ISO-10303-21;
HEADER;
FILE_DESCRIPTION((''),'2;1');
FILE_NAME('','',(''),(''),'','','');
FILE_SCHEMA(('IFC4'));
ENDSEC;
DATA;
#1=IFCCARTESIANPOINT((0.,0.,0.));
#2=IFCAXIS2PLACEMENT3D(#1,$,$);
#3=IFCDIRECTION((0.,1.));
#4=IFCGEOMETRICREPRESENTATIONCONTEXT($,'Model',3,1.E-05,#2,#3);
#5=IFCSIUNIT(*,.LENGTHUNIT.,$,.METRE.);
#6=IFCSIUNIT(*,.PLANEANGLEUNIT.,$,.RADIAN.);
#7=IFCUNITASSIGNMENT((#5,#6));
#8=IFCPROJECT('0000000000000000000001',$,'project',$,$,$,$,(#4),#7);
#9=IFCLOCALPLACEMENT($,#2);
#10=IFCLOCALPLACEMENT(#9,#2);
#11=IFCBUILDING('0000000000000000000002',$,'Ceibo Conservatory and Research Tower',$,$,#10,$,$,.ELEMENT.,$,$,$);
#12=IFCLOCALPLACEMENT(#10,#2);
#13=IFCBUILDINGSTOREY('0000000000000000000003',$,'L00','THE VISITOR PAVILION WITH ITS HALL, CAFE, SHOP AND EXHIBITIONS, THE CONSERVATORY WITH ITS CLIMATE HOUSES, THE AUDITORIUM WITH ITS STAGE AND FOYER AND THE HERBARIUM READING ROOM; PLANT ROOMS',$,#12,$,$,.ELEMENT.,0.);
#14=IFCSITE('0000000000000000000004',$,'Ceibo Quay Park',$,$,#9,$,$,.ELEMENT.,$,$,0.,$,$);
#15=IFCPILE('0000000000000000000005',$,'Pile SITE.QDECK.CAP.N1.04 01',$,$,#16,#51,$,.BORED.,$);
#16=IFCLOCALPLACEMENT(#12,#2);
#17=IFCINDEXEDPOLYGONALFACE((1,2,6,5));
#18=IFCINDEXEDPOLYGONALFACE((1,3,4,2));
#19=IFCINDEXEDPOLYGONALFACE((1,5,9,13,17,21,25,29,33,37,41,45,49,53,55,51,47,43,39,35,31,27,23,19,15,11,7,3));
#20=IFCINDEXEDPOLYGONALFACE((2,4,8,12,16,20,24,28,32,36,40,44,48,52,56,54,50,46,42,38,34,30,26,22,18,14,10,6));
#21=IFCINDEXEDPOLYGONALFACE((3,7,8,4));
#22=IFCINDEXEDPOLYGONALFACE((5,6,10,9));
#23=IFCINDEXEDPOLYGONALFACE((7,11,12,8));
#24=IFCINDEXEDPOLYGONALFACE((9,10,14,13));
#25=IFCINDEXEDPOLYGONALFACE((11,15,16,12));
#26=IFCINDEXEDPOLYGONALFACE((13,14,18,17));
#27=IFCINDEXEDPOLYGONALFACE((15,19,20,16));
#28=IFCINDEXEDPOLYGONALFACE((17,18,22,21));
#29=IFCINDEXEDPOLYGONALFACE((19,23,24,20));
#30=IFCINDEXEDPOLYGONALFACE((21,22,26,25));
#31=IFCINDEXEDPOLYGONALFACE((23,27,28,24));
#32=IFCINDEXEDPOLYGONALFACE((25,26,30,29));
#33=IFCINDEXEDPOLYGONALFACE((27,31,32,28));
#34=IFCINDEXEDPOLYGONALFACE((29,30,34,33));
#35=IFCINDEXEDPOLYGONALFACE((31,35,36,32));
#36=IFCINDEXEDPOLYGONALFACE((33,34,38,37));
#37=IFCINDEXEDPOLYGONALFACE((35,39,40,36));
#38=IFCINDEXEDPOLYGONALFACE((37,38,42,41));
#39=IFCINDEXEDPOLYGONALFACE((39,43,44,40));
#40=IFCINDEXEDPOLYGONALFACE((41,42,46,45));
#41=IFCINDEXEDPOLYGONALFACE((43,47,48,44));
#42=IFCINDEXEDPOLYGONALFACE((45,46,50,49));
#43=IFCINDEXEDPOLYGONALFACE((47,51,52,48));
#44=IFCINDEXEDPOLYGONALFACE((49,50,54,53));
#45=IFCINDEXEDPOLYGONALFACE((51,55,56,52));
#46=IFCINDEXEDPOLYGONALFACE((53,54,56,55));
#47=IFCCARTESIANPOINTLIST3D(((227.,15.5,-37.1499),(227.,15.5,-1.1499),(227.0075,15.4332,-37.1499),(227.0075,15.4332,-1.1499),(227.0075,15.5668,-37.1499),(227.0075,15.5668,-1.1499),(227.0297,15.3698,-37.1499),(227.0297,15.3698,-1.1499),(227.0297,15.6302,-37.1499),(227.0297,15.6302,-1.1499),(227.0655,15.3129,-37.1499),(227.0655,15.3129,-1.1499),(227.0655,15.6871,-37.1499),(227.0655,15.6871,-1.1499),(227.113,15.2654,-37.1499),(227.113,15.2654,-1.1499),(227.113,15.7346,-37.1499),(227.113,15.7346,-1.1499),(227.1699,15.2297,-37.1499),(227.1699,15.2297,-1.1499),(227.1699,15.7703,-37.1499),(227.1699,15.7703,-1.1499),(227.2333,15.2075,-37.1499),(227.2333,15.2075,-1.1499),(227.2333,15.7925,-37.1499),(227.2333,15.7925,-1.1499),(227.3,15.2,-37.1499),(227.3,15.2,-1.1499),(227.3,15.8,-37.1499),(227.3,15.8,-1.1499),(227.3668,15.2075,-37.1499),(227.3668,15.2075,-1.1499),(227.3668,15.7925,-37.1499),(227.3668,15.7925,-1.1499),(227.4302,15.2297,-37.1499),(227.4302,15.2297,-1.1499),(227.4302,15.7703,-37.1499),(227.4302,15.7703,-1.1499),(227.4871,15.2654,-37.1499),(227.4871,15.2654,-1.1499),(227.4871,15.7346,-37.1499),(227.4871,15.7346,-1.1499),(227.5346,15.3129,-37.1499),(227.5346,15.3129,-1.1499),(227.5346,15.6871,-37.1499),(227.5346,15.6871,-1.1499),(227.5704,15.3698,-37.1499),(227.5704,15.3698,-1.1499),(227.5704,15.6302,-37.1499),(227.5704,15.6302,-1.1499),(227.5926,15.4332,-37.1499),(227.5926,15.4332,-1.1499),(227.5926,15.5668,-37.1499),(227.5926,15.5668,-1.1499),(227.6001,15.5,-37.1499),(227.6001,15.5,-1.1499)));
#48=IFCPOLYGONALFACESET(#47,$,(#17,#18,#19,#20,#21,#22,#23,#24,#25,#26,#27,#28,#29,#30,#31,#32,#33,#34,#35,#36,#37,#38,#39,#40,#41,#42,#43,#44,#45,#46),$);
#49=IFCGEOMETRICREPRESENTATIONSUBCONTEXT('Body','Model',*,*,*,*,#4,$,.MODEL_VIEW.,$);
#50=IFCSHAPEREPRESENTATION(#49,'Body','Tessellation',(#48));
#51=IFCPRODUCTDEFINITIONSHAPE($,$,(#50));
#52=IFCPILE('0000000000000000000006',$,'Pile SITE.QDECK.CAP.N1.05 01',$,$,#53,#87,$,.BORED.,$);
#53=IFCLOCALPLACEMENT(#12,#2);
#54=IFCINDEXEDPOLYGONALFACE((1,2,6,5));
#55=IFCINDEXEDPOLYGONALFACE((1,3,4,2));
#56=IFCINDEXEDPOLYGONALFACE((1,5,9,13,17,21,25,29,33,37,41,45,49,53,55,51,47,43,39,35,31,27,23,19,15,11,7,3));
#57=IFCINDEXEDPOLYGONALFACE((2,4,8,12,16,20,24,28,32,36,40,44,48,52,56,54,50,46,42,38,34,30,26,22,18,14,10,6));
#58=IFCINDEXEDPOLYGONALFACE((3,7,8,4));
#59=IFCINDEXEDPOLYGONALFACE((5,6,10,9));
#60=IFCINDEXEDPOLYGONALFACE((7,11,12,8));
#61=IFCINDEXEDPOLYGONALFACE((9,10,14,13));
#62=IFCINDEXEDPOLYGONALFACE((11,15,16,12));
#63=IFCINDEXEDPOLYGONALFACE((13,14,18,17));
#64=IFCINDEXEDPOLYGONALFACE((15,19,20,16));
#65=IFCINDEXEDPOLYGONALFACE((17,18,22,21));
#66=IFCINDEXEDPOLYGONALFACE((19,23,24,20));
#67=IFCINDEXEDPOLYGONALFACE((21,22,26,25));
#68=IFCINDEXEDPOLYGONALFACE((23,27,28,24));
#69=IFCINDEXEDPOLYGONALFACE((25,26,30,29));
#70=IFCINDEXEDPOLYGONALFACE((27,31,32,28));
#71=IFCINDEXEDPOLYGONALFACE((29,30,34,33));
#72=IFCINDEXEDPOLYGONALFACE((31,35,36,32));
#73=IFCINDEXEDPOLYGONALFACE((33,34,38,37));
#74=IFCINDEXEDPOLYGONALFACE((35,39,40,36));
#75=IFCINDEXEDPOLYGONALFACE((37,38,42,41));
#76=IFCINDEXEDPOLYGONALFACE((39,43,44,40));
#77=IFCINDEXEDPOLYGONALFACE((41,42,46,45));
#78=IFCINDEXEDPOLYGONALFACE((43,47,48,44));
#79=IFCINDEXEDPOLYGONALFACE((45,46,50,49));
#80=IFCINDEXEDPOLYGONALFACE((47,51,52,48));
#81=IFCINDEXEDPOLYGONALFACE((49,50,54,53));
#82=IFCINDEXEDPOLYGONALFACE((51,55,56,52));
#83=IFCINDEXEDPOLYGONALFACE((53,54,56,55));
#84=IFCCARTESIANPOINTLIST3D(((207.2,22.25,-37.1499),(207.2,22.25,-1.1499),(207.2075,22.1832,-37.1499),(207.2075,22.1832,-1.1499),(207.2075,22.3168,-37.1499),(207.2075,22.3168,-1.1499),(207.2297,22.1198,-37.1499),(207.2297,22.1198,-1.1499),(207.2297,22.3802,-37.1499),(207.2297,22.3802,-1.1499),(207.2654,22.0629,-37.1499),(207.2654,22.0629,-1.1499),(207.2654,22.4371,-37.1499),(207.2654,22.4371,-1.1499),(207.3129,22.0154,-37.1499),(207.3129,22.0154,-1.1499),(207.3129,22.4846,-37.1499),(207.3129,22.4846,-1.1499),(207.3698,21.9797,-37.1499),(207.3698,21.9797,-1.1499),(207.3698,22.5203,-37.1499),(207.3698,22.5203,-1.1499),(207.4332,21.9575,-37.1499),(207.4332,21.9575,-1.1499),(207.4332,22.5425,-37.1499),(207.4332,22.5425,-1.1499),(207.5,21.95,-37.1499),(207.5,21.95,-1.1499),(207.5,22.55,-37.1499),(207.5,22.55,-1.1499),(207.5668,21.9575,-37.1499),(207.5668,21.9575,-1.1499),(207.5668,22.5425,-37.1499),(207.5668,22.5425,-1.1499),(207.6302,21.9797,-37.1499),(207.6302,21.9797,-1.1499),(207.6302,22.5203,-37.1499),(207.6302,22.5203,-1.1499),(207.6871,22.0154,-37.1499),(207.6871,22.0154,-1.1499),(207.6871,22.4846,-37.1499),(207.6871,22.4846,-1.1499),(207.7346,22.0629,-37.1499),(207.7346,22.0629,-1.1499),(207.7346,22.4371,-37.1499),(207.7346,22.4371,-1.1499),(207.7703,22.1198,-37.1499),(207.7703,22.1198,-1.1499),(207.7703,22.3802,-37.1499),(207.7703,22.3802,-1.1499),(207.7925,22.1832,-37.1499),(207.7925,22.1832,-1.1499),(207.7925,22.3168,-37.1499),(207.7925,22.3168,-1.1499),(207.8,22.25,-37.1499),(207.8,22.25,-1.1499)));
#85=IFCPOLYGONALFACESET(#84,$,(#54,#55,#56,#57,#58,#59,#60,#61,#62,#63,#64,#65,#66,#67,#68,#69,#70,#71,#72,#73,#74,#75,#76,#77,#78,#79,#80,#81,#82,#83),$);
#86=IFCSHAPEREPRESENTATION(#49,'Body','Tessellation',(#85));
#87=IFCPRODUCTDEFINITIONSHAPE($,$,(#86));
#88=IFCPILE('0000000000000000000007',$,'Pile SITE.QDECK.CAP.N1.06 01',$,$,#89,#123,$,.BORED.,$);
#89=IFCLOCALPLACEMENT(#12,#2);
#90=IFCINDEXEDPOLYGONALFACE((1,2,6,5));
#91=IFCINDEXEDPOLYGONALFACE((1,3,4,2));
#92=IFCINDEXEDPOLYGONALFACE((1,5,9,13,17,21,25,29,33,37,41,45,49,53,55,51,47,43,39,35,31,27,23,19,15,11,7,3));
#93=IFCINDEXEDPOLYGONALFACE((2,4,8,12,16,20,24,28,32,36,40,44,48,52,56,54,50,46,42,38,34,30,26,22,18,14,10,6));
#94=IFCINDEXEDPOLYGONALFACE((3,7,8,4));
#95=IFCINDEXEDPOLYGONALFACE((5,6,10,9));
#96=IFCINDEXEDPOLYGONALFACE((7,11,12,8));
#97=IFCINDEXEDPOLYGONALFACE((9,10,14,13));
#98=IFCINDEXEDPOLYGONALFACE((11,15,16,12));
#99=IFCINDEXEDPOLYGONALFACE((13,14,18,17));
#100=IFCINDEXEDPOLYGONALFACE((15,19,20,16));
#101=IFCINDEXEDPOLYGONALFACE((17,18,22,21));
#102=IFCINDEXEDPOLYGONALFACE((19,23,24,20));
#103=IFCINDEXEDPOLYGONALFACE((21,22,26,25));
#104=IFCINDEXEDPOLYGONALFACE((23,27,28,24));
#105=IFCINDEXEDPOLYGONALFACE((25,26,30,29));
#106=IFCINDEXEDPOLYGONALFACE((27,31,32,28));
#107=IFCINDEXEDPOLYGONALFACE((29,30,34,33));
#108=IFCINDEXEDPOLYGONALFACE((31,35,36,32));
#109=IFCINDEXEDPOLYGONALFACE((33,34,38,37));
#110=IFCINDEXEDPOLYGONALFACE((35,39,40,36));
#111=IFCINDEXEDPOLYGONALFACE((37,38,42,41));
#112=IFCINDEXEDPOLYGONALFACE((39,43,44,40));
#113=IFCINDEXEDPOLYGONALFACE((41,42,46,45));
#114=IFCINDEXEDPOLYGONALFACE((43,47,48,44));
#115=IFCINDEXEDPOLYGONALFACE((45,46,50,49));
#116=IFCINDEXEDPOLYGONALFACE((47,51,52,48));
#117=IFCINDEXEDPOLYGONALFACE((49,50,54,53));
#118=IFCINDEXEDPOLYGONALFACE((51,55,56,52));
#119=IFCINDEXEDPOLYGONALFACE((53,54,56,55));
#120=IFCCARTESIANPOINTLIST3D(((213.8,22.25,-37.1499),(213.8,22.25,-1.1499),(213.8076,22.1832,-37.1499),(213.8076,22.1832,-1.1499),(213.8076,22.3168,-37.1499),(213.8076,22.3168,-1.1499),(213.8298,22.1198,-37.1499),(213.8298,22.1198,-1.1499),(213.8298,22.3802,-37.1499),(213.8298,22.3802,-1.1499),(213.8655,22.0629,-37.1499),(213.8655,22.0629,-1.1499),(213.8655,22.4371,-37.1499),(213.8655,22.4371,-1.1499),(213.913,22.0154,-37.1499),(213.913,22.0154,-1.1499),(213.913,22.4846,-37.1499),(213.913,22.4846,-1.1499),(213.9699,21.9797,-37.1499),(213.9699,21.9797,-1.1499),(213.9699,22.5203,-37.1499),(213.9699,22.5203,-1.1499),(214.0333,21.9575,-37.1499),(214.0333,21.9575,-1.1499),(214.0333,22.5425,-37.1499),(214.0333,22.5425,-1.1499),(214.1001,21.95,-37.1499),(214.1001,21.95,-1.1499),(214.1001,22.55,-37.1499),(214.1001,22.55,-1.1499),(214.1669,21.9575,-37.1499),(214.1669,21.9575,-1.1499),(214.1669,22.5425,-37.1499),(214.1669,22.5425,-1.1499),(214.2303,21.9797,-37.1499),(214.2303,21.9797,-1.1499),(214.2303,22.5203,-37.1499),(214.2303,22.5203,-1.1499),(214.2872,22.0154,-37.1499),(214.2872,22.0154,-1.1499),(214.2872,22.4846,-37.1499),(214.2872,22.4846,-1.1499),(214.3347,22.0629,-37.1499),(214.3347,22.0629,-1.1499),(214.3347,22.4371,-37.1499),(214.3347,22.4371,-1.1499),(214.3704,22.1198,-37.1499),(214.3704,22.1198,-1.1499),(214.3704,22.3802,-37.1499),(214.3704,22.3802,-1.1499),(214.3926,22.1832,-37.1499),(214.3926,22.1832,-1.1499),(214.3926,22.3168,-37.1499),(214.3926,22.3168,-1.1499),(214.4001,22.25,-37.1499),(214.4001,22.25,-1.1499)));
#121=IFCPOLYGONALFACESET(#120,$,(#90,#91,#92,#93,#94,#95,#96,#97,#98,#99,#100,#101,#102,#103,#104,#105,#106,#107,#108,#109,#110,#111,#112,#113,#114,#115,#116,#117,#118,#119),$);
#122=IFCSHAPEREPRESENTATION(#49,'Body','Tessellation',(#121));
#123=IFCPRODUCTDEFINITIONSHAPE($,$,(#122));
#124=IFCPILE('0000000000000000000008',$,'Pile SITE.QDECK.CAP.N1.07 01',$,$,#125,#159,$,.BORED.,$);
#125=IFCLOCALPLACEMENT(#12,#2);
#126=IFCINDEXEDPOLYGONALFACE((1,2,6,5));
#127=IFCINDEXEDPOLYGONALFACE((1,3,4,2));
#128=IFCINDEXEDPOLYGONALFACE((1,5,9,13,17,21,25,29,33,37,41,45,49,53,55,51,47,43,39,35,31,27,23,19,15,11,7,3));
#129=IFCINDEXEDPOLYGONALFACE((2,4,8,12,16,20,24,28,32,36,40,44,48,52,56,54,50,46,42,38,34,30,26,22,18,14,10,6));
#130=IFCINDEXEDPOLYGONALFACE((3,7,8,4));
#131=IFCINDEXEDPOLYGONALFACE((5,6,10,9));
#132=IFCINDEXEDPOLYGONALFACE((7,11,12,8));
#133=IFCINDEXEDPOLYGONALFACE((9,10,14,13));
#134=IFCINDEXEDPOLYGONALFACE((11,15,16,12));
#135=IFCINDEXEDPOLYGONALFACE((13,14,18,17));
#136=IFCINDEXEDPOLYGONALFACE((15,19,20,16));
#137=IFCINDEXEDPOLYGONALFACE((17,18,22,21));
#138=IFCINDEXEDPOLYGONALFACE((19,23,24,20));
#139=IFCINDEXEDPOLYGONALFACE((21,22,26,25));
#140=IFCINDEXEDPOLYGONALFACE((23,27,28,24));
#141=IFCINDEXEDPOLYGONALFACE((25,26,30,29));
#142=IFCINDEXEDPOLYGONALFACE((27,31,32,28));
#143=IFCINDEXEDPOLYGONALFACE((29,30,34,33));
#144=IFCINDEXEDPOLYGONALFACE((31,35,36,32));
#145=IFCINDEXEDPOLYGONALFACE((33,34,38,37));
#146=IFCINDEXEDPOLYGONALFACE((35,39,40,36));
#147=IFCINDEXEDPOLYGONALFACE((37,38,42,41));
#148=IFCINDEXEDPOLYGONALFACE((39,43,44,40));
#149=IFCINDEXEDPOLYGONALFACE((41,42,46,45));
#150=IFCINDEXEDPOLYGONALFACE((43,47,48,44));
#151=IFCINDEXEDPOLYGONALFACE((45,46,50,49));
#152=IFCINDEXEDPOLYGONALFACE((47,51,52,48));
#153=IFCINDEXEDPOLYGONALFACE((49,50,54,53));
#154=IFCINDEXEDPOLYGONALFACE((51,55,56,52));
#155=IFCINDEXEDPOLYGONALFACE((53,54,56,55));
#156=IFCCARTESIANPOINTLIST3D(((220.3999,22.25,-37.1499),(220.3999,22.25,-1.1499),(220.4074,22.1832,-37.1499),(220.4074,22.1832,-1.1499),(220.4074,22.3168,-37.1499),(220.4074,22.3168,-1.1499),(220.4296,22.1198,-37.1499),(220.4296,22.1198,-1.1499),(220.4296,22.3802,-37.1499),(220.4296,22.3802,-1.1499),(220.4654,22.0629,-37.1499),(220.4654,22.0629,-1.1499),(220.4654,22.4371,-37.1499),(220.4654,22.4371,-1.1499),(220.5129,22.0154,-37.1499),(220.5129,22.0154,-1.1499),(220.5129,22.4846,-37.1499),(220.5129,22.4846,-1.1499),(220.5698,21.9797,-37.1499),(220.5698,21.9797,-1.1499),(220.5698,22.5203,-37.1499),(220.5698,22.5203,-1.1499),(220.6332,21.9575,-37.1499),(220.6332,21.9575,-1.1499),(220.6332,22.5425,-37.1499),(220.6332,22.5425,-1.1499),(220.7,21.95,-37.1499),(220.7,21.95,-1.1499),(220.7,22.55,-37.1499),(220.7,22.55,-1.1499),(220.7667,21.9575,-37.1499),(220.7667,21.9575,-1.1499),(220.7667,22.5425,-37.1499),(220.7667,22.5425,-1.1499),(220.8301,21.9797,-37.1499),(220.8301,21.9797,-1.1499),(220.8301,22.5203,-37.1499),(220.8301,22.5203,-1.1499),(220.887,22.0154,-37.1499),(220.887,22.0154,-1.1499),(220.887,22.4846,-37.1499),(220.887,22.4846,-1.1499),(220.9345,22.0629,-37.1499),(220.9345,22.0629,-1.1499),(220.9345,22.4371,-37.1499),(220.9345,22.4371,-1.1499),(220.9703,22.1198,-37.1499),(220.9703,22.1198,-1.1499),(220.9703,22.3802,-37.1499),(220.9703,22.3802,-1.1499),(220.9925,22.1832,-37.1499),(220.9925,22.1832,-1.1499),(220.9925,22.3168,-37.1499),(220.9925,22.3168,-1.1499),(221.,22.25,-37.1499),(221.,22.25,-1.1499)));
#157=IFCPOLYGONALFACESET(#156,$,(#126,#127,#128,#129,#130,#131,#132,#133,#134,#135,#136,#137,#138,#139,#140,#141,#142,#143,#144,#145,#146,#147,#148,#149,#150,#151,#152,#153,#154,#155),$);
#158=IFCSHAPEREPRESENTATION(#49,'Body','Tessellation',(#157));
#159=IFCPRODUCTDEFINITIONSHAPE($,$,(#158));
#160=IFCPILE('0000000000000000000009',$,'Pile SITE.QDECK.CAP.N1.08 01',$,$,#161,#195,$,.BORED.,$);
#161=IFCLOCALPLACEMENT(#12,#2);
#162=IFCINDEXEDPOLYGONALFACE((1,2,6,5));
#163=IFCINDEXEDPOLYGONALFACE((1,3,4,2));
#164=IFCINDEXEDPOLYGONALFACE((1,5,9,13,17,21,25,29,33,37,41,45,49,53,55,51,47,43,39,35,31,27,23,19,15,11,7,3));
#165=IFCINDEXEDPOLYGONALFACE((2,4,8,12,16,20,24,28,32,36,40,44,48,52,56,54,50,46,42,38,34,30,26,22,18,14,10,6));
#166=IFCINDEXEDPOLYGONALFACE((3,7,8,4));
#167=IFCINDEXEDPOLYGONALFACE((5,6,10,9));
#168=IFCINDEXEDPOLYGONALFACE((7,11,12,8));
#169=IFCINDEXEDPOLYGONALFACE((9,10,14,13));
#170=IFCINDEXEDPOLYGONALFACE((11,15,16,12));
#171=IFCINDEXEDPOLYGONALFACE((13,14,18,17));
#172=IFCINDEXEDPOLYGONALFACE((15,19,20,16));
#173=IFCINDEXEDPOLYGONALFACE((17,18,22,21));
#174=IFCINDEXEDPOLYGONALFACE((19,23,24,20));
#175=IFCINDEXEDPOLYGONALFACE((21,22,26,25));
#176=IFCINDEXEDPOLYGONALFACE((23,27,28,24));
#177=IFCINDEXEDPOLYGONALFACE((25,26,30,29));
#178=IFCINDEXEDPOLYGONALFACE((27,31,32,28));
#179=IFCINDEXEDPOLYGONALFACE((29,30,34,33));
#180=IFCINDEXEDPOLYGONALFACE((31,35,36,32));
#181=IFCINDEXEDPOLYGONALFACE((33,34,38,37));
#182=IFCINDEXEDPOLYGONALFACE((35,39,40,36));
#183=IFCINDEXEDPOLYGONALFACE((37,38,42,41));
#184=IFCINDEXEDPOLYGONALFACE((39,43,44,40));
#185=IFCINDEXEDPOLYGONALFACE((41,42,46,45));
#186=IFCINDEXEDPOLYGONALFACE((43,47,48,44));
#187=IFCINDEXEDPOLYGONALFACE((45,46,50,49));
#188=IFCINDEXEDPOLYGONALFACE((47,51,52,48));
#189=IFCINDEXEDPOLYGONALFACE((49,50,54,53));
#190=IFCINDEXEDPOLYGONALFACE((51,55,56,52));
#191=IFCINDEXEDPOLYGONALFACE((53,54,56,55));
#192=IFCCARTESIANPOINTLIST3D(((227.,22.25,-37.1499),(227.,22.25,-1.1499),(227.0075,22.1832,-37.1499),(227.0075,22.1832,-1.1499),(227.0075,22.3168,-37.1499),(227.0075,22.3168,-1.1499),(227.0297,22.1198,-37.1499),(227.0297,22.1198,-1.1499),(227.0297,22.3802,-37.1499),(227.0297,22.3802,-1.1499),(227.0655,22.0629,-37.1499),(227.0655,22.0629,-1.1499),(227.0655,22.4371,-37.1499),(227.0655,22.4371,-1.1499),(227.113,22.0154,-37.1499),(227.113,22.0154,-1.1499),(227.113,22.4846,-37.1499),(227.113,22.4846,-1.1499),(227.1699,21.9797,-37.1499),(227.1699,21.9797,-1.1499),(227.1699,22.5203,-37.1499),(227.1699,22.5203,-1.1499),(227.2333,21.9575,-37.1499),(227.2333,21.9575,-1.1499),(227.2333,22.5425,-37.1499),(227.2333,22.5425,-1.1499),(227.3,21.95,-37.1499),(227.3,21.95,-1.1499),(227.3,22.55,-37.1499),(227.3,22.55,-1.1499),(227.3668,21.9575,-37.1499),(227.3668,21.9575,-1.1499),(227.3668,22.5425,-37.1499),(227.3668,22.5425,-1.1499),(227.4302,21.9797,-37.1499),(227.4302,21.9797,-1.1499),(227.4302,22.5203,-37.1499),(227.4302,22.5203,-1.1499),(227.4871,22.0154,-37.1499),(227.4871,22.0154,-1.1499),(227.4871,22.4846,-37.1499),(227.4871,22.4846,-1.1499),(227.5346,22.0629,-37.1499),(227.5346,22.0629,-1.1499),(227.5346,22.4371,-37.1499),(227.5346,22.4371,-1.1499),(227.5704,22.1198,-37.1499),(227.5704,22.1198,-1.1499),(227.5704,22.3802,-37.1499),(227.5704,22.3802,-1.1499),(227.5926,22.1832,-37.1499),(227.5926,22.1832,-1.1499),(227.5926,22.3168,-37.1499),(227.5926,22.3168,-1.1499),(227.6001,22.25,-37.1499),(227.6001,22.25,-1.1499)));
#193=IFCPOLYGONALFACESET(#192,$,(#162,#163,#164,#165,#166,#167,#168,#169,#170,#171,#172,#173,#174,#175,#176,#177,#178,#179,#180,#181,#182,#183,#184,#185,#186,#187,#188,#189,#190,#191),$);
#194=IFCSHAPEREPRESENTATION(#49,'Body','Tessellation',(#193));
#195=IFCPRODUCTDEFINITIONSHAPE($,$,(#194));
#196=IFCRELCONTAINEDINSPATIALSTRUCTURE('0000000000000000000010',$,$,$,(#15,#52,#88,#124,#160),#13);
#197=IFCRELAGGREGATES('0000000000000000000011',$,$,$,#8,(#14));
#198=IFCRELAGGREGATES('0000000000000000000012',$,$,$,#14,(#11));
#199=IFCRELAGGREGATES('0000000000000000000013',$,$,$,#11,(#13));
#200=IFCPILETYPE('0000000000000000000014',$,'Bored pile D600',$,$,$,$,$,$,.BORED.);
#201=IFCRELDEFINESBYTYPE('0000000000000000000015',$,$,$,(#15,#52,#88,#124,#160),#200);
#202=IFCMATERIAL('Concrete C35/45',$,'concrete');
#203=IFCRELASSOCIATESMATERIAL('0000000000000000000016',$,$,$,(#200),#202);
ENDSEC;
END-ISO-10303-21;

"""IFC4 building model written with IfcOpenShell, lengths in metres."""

from ifc_helpers import new_model, si_unit, direction, frame, origin, origin_2d, place, context, subcontext, project, spatial, circle, extrude, material, material_profile, profile_set, type_object, element, save


model = new_model("IFC4")

# Units and contexts
model_context = context("Model", 3, precision=1e-05, world=origin(), true_north=direction((0.0, 1.0)))
body_context = subcontext(model_context, "Body", "Model", "MODEL_VIEW")
ifc_project = project(units=[si_unit("LENGTHUNIT", "METRE"), si_unit("PLANEANGLEUNIT", "RADIAN")], contexts=[model_context])

# Site, building, storey
site_placement = place(None, origin())
site = spatial("IfcSite", under=ifc_project, at=site_placement, Name="Ceibo Quay Park", CompositionType="ELEMENT", RefElevation=0.0)
building_placement = place(site_placement, origin())
building = spatial("IfcBuilding", under=site, at=building_placement, Name="Ceibo Conservatory and Research Tower", CompositionType="ELEMENT")
storey_placement = place(building_placement, origin())
storey = spatial("IfcBuildingStorey", under=building, at=storey_placement, Name="L00", Description="THE VISITOR PAVILION WITH ITS HALL, CAFE, SHOP AND EXHIBITIONS, THE CONSERVATORY WITH ITS CLIMATE HOUSES, THE AUDITORIUM WITH ITS STAGE AND FOYER AND THE HERBARIUM READING ROOM; PLANT ROOMS", CompositionType="ELEMENT", Elevation=0.0)

# Piles
ifc_material_1 = material(Name="Concrete C35/45", Category="concrete")
ifc_material_profile_1 = material_profile(ifc_material_1, circle(Radius=0.3, at=origin_2d()), Name="RC D600")
ifc_profile_set_1 = profile_set([ifc_material_profile_1], Name="Concrete C35/45")
pile_type = type_object("IfcPileType", Name="Bored pile D600", PredefinedType="BORED", material=ifc_profile_set_1)
for number, where, z_axis, x_axis, name in (
    (1, (227.3, 15.5, -1.1499), (0.0, 0.0, -1.0), (1.0, 0.0, 0.0), "Pile SITE.QDECK.CAP.N1.04 01"),
    (2, (207.5, 22.25, -1.1499), (0.0, 0.0, -1.0), (1.0, 0.0, 0.0), "Pile SITE.QDECK.CAP.N1.05 01"),
    (3, (214.1001, 22.25, -1.1499), (0.0, 0.0, -1.0), (1.0, 0.0, 0.0), "Pile SITE.QDECK.CAP.N1.06 01"),
    (4, (220.7, 22.25, -1.1499), (0.0, 0.0, -1.0), (1.0, 0.0, 0.0), "Pile SITE.QDECK.CAP.N1.07 01"),
    (5, (227.3, 22.25, -1.1499), (0.0, 0.0, -1.0), (1.0, 0.0, 0.0), "Pile SITE.QDECK.CAP.N1.08 01"),
):
    element("IfcPile", number, at=place(storey_placement, frame(where, z_axis=z_axis, x_axis=x_axis)), inside=storey, type_object=pile_type, Name=name, PredefinedType="BORED", context=body_context, shape_type="SweptSolid", body=[
        extrude(circle(Radius=0.3, at=origin_2d()), origin(), (0.0, 0.0, 1.0), 36.0),
    ])

save(model, "model.ifc")
